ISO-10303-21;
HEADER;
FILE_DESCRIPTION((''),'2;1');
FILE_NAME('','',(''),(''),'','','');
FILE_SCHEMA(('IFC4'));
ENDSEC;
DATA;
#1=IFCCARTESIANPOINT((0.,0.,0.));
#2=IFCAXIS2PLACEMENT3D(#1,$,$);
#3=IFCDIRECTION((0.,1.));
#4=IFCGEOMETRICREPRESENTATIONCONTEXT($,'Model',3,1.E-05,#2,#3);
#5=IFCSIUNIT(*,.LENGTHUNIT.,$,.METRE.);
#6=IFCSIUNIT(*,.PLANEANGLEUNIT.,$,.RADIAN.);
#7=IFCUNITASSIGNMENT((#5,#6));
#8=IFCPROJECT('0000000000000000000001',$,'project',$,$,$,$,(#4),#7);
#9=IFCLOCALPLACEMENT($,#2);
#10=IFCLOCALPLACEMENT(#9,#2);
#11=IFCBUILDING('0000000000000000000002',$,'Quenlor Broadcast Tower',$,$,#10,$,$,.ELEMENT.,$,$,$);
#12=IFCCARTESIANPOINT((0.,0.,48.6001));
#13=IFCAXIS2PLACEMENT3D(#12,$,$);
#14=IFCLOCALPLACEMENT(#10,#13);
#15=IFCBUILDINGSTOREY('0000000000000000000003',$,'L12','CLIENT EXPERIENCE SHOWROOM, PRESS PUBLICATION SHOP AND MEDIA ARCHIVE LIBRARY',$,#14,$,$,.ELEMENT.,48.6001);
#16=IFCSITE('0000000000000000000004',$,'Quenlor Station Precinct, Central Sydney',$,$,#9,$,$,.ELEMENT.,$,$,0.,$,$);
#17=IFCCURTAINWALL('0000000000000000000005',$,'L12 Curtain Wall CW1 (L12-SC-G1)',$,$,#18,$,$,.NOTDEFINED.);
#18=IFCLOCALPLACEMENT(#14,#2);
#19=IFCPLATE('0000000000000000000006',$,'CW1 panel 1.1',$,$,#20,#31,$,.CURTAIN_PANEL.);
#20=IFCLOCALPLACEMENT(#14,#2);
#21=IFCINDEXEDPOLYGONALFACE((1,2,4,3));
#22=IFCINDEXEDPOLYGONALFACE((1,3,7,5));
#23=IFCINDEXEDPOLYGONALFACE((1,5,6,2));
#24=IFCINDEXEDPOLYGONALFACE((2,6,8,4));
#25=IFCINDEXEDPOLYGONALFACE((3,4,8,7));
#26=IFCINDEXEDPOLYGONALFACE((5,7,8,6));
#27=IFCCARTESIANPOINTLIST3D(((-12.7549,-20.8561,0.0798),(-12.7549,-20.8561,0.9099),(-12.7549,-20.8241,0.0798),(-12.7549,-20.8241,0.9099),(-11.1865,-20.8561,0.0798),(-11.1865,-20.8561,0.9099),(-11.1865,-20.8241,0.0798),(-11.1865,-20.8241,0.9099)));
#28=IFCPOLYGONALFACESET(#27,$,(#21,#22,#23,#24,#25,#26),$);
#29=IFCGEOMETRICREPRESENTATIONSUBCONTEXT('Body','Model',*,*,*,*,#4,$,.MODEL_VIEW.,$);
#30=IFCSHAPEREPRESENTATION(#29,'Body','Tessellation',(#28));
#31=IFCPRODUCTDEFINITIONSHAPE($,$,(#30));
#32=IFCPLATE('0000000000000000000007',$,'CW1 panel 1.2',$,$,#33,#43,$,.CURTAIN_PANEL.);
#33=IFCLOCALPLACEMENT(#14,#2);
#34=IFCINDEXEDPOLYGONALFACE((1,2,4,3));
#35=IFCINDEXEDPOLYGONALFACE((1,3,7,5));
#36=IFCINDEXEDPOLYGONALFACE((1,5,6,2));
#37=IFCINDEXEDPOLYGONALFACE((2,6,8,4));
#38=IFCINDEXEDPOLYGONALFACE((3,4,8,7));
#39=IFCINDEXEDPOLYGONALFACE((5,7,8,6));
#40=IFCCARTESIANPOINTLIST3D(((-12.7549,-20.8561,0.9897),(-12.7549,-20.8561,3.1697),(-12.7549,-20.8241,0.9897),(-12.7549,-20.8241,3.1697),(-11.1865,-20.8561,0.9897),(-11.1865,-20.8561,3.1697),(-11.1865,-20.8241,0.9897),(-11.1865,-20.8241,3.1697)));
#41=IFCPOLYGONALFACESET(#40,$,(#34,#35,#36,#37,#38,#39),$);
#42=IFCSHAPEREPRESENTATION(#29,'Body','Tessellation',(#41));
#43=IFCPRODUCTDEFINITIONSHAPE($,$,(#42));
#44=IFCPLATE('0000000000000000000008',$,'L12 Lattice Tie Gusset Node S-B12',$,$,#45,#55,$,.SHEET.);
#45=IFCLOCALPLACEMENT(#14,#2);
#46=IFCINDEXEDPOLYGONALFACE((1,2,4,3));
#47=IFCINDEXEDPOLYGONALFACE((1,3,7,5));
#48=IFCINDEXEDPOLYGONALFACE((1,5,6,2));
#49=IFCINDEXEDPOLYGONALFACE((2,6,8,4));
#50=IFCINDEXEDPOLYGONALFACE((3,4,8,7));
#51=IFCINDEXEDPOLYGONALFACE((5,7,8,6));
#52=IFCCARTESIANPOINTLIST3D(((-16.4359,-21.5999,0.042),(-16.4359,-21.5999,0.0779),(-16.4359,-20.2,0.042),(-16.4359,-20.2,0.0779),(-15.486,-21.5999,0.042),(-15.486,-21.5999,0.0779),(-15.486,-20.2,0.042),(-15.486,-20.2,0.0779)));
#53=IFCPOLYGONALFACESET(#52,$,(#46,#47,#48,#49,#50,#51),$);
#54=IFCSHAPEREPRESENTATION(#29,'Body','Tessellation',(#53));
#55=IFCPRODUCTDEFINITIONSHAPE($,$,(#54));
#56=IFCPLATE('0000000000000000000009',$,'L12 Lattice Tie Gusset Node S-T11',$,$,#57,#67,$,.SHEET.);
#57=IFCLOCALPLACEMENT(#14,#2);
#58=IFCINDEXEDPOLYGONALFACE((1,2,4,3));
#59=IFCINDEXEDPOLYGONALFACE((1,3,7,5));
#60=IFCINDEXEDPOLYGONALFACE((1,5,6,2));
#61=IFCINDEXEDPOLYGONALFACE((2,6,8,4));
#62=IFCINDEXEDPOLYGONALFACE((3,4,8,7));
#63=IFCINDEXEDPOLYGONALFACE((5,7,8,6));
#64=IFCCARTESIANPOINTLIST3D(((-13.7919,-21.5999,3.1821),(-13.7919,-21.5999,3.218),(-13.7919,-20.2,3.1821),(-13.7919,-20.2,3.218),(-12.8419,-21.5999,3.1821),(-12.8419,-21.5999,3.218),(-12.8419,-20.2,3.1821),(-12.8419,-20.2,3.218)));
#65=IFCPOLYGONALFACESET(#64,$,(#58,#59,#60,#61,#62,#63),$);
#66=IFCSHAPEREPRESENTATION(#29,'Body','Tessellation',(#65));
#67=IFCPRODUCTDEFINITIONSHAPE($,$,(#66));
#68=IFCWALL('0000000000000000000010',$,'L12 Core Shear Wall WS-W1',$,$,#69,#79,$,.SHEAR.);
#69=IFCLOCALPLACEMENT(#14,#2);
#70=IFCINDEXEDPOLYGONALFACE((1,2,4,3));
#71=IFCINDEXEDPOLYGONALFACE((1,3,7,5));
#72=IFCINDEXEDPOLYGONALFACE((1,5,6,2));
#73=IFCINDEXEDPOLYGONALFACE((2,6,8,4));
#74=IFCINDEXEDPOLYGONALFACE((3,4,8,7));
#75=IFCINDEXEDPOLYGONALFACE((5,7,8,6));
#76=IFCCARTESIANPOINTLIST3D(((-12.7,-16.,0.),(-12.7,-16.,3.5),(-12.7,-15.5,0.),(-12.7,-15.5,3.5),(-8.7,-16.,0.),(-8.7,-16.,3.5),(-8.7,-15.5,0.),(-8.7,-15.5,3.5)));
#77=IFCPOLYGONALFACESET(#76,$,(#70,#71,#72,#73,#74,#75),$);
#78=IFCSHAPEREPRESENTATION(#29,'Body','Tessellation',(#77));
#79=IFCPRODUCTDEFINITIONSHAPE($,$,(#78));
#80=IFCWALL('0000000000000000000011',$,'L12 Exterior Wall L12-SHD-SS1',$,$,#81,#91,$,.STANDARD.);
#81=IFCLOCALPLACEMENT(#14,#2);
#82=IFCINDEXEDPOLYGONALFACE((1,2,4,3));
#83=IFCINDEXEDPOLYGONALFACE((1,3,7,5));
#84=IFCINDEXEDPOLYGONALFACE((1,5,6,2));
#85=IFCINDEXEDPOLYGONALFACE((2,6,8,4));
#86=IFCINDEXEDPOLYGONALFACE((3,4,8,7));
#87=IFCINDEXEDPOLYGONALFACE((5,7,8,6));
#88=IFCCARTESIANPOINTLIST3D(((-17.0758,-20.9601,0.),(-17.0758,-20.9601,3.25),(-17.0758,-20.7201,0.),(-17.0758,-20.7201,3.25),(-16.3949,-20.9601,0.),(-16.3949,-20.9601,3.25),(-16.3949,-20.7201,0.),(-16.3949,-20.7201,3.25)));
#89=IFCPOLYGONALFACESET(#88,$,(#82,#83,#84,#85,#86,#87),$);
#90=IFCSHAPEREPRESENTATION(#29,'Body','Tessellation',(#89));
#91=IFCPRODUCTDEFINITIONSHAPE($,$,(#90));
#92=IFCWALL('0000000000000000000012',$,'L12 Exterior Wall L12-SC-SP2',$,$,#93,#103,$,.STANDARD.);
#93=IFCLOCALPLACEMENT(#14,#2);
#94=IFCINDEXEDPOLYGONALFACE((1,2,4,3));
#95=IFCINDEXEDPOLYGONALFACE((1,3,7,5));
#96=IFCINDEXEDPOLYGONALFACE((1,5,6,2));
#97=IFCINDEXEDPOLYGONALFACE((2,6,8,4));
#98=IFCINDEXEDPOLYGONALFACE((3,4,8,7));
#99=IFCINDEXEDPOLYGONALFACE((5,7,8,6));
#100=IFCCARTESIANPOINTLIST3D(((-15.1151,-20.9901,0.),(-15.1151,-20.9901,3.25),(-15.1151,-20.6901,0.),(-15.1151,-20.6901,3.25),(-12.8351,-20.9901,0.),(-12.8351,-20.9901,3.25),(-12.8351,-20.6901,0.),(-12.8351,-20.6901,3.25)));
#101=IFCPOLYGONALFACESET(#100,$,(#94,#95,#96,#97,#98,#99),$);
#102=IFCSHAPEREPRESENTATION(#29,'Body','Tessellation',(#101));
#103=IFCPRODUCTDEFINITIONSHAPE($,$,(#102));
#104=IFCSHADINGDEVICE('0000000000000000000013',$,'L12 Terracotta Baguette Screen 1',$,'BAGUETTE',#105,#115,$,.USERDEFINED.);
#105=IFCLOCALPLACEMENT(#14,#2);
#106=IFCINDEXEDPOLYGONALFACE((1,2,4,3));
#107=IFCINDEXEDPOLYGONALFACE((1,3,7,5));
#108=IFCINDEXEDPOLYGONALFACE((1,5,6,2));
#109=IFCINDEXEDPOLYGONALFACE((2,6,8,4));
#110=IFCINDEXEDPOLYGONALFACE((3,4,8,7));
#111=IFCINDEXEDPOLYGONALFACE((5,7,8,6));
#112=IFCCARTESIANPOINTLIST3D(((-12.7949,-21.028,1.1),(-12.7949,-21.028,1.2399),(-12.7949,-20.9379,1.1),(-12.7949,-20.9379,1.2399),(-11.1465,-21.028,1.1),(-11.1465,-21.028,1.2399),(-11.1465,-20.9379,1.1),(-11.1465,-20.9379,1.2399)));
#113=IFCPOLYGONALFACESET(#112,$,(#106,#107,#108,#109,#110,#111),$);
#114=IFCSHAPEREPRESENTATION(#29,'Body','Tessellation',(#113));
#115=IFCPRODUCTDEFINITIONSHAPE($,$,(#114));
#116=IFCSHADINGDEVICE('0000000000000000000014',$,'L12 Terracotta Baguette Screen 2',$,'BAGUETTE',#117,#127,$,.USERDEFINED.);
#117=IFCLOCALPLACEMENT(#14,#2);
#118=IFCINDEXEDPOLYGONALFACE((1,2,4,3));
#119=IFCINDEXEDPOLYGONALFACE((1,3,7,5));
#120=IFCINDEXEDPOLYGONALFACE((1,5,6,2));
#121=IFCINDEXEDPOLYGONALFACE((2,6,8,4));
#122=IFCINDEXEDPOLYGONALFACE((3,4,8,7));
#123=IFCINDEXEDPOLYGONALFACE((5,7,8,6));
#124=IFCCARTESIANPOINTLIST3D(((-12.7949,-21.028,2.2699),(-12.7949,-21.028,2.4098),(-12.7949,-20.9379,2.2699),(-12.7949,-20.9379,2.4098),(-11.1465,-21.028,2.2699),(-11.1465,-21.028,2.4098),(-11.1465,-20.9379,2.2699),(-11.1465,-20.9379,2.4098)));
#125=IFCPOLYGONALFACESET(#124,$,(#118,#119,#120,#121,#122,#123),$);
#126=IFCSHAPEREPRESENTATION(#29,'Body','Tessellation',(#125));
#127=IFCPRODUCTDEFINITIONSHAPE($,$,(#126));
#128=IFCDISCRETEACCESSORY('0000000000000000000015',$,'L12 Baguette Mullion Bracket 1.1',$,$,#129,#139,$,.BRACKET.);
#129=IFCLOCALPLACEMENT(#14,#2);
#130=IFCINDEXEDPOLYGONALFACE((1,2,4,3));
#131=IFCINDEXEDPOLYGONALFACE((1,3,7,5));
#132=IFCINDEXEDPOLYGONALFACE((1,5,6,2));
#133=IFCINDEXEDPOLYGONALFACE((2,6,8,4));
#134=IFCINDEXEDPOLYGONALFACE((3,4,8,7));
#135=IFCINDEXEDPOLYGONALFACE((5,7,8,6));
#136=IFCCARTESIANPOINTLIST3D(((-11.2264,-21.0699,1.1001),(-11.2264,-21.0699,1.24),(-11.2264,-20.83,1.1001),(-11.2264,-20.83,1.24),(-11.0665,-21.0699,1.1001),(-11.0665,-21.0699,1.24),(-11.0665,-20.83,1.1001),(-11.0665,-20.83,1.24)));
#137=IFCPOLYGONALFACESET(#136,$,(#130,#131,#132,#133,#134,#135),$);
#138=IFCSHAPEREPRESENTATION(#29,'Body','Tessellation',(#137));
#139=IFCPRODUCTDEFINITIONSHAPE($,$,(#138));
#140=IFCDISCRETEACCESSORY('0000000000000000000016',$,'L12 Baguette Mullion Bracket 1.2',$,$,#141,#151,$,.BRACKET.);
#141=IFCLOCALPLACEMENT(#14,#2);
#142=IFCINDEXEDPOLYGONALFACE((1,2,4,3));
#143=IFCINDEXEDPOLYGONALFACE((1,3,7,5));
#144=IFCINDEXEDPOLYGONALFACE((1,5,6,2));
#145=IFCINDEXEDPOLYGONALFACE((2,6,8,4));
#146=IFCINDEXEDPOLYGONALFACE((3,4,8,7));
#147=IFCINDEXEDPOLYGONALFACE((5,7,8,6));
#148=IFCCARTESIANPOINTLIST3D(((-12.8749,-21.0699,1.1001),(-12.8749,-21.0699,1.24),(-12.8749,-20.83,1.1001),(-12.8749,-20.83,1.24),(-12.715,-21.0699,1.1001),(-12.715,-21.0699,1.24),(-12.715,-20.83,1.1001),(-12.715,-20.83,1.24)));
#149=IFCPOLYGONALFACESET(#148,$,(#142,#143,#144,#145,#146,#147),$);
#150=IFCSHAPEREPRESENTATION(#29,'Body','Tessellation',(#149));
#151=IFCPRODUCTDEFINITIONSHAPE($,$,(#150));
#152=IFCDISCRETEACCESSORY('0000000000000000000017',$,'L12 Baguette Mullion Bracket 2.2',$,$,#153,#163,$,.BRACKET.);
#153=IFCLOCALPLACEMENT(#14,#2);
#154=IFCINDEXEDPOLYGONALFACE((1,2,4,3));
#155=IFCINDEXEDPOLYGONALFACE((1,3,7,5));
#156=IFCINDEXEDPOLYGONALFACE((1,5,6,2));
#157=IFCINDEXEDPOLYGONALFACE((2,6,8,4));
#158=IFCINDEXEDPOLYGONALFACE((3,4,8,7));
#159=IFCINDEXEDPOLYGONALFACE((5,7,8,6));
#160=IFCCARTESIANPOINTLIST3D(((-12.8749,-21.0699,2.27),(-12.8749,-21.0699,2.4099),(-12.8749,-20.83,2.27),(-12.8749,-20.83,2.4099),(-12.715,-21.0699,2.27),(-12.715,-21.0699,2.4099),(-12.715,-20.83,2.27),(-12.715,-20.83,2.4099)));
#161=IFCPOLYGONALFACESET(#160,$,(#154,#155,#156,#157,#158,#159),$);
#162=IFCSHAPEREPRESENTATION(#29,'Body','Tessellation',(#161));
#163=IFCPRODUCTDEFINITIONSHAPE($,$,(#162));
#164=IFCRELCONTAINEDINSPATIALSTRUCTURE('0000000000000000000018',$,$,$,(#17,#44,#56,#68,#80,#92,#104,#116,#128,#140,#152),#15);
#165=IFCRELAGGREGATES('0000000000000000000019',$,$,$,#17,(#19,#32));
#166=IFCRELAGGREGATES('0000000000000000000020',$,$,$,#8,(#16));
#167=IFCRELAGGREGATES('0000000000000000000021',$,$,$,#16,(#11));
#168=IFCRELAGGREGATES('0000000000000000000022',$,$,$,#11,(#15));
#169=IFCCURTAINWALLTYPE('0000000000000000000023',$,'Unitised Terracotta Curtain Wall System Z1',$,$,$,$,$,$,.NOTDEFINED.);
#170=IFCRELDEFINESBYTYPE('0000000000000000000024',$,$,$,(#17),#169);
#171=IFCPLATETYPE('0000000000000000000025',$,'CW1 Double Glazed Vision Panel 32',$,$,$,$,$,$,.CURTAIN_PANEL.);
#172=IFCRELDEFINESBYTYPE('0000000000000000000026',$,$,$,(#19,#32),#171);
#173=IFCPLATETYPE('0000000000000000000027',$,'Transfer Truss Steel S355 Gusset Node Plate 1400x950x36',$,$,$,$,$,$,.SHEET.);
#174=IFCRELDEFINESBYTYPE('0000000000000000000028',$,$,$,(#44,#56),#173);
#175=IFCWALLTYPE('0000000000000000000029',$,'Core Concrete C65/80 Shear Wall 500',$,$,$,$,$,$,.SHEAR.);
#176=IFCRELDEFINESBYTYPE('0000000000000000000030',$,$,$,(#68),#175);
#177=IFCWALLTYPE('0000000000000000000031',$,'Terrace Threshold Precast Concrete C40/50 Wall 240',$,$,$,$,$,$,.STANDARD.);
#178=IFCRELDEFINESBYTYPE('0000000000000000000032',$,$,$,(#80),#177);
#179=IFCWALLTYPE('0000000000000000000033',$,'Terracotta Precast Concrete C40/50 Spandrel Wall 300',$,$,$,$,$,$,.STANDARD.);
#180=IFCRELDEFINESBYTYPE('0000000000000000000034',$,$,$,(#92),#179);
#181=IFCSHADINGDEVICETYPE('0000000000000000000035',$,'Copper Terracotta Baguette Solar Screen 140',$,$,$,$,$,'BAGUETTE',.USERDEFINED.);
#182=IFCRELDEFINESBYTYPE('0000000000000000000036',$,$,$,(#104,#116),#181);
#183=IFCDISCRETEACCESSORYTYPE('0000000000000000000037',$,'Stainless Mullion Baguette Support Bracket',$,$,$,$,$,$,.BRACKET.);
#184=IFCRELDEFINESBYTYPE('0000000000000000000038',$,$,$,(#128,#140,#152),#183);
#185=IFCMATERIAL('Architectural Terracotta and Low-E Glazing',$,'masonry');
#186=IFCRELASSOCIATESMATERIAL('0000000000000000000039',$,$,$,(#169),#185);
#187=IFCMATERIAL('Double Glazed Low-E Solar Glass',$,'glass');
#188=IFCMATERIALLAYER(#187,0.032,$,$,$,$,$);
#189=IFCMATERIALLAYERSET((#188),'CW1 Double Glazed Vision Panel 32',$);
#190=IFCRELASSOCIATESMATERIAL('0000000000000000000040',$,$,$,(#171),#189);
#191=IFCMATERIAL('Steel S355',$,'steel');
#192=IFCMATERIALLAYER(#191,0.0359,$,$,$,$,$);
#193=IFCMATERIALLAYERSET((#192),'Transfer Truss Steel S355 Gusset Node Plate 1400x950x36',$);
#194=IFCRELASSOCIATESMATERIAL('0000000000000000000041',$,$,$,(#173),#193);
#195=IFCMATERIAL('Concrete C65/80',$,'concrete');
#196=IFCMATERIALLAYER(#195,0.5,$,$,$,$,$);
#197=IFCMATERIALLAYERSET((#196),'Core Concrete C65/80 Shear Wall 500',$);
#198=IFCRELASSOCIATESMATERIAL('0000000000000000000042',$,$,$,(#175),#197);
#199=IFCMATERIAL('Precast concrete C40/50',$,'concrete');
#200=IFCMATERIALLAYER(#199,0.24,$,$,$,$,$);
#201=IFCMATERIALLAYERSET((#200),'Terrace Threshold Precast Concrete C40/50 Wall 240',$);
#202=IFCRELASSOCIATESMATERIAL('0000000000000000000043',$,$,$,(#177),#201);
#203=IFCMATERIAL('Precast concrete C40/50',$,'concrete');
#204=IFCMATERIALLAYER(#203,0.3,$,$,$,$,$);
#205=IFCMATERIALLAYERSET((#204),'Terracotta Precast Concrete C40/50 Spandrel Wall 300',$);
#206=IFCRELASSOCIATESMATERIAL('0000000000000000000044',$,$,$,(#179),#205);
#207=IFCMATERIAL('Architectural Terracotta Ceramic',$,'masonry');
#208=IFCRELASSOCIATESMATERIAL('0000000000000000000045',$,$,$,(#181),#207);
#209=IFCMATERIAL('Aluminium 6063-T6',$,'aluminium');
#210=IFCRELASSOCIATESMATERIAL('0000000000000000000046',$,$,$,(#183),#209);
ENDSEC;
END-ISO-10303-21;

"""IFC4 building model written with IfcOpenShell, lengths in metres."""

from ifc_helpers import new_model, si_unit, direction, frame, frame_2d, origin, origin_2d, place, context, subcontext, project, spatial, rectangle, extrude, material, layer, layer_set, material_profile, profile_set, type_object, element, aggregate, save


model = new_model("IFC4")

# Units and contexts
model_context = context("Model", 3, precision=1e-05, world=origin(), true_north=direction((0.0, 1.0)))
body_context = subcontext(model_context, "Body", "Model", "MODEL_VIEW")
ifc_project = project(units=[si_unit("LENGTHUNIT", "METRE"), si_unit("PLANEANGLEUNIT", "RADIAN")], contexts=[model_context])

# Site, building, storey
site_placement = place(None, origin())
site = spatial("IfcSite", under=ifc_project, at=site_placement, Name="Quenlor Station Precinct, Central Sydney", CompositionType="ELEMENT", RefElevation=0.0)
building_placement = place(site_placement, origin())
building = spatial("IfcBuilding", under=site, at=building_placement, Name="Quenlor Broadcast Tower", CompositionType="ELEMENT")
storey_placement = place(building_placement, frame((0.0, 0.0, 48.6001)))
storey = spatial("IfcBuildingStorey", under=building, at=storey_placement, Name="L12", Description="CLIENT EXPERIENCE SHOWROOM, PRESS PUBLICATION SHOP AND MEDIA ARCHIVE LIBRARY", CompositionType="ELEMENT", Elevation=48.6001)

# Curtain wall
ifc_material_1 = material(Name="Architectural Terracotta and Low-E Glazing", Category="masonry")
curtain_wall_type = type_object("IfcCurtainWallType", Name="Unitised Terracotta Curtain Wall System Z1", PredefinedType="NOTDEFINED", material=ifc_material_1)
curtain_wall_placement = place(storey_placement, origin())
curtain_wall = element("IfcCurtainWall", 1, at=curtain_wall_placement, inside=storey, type_object=curtain_wall_type, Name="L12 Curtain Wall CW1 (L12-SC-G1)", PredefinedType="NOTDEFINED")

# Plates
ifc_material_2 = material(Name="Double Glazed Low-E Solar Glass", Category="glass")
ifc_layer_1 = layer(ifc_material_2, 0.032)
ifc_layer_set_1 = layer_set([ifc_layer_1], Name="CW1 Double Glazed Vision Panel 32")
plate_type_1 = type_object("IfcPlateType", Name="CW1 Double Glazed Vision Panel 32", PredefinedType="CURTAIN_PANEL", material=ifc_layer_set_1)
plate_1_placement = place(storey_placement, frame((-11.9707, -20.8401, 0.0798), z_axis=(0.0, 0.0, 1.0), x_axis=(-1.0, 0.0, 0.0)))
plate_1 = element("IfcPlate", 2, at=plate_1_placement, type_object=plate_type_1, Name="CW1 panel 1.1", PredefinedType="CURTAIN_PANEL", context=body_context, shape_type="SweptSolid", body=[
    extrude(rectangle(XDim=1.5684, YDim=0.032, at=origin_2d()), origin(), (0.0, 0.0, 1.0), 0.8301),
])
plate_2_placement = place(storey_placement, frame((-11.9707, -20.8401, 0.9897), z_axis=(0.0, 0.0, 1.0), x_axis=(-1.0, 0.0, 0.0)))
plate_2 = element("IfcPlate", 3, at=plate_2_placement, type_object=plate_type_1, Name="CW1 panel 1.2", PredefinedType="CURTAIN_PANEL", context=body_context, shape_type="SweptSolid", body=[
    extrude(rectangle(XDim=1.5684, YDim=0.032, at=origin_2d()), origin(), (0.0, 0.0, 1.0), 2.1799),
])
aggregate(curtain_wall, [plate_1, plate_2])

# Plates
ifc_material_3 = material(Name="Steel S355", Category="steel")
ifc_layer_2 = layer(ifc_material_3, 0.0359)
ifc_layer_set_2 = layer_set([ifc_layer_2], Name="Transfer Truss Steel S355 Gusset Node Plate 1400x950x36")
plate_type_2 = type_object("IfcPlateType", Name="Transfer Truss Steel S355 Gusset Node Plate 1400x950x36", PredefinedType="SHEET", material=ifc_layer_set_2)
for number, where, z_axis, x_axis, name in (
    (4, (-15.9609, -20.8999, 0.042), (0.0, 0.0, 1.0), (0.0, -1.0, 0.0), "L12 Lattice Tie Gusset Node S-B12"),
    (5, (-13.3169, -20.8999, 3.1821), (0.0, 0.0, 1.0), (0.0, -1.0, 0.0), "L12 Lattice Tie Gusset Node S-T11"),
):
    element("IfcPlate", number, at=place(storey_placement, frame(where, z_axis=z_axis, x_axis=x_axis)), inside=storey, type_object=plate_type_2, Name=name, PredefinedType="SHEET", context=body_context, shape_type="SweptSolid", body=[
        extrude(rectangle(XDim=1.3999, YDim=0.95, at=origin_2d()), origin(), (0.0, 0.0, 1.0), 0.0359),
    ])

# Walls
ifc_material_4 = material(Name="Concrete C65/80", Category="concrete")
ifc_layer_3 = layer(ifc_material_4, 0.5)
ifc_layer_set_3 = layer_set([ifc_layer_3], Name="Core Concrete C65/80 Shear Wall 500")
wall_type_1 = type_object("IfcWallType", Name="Core Concrete C65/80 Shear Wall 500", PredefinedType="SHEAR", material=ifc_layer_set_3)
wall_1_placement = place(storey_placement, frame((-12.7, -15.75, 0.0), z_axis=(0.0, 0.0, 1.0), x_axis=(1.0, 0.0, 0.0)))
element("IfcWall", 6, at=wall_1_placement, inside=storey, type_object=wall_type_1, Name="L12 Core Shear Wall WS-W1", PredefinedType="SHEAR", context=body_context, shape_type="SweptSolid", body=[
    extrude(rectangle(XDim=4.0, YDim=0.5, at=frame_2d((2.0, 0.0))), origin(), (0.0, 0.0, 1.0), 3.5),
])
ifc_material_5 = material(Name="Precast concrete C40/50", Category="concrete")
ifc_layer_4 = layer(ifc_material_5, 0.24)
ifc_layer_set_4 = layer_set([ifc_layer_4], Name="Terrace Threshold Precast Concrete C40/50 Wall 240")
wall_type_2 = type_object("IfcWallType", Name="Terrace Threshold Precast Concrete C40/50 Wall 240", PredefinedType="STANDARD", material=ifc_layer_set_4)
wall_2_placement = place(storey_placement, frame((-16.395, -20.8401, 0.0), z_axis=(0.0, 0.0, 1.0), x_axis=(-1.0, 0.0, 0.0)))
element("IfcWall", 7, at=wall_2_placement, inside=storey, type_object=wall_type_2, Name="L12 Exterior Wall L12-SHD-SS1", PredefinedType="STANDARD", context=body_context, shape_type="SweptSolid", body=[
    extrude(rectangle(XDim=0.6809, YDim=0.24, at=frame_2d((0.3403, 0.0))), origin(), (0.0, 0.0, 1.0), 3.25),
])
ifc_material_6 = material(Name="Precast concrete C40/50", Category="concrete")
ifc_layer_5 = layer(ifc_material_6, 0.3)
ifc_layer_set_5 = layer_set([ifc_layer_5], Name="Terracotta Precast Concrete C40/50 Spandrel Wall 300")
wall_type_3 = type_object("IfcWallType", Name="Terracotta Precast Concrete C40/50 Spandrel Wall 300", PredefinedType="STANDARD", material=ifc_layer_set_5)
wall_3_placement = place(storey_placement, frame((-12.835, -20.8401, 0.0), z_axis=(0.0, 0.0, 1.0), x_axis=(-1.0, 0.0, 0.0)))
element("IfcWall", 8, at=wall_3_placement, inside=storey, type_object=wall_type_3, Name="L12 Exterior Wall L12-SC-SP2", PredefinedType="STANDARD", context=body_context, shape_type="SweptSolid", body=[
    extrude(rectangle(XDim=2.28, YDim=0.3, at=frame_2d((1.1401, 0.0))), origin(), (0.0, 0.0, 1.0), 3.25),
])

# Shading devices
ifc_material_7 = material(Name="Architectural Terracotta Ceramic", Category="masonry")
ifc_material_profile_1 = material_profile(ifc_material_7, rectangle(XDim=0.0901, YDim=0.1399, at=origin_2d()))
ifc_profile_set_1 = profile_set([ifc_material_profile_1], Name="Architectural Terracotta Ceramic BAG90x140")
shading_device_type = type_object("IfcShadingDeviceType", Name="Copper Terracotta Baguette Solar Screen 140", ElementType="BAGUETTE", PredefinedType="USERDEFINED", material=ifc_profile_set_1)
for number, where, z_axis, x_axis, name in (
    (9, (-11.1465, -20.9829, 1.1699), (-1.0, 0.0, 0.0), (0.0, -1.0, 0.0), "L12 Terracotta Baguette Screen 1"),
    (10, (-11.1465, -20.9829, 2.3398), (-1.0, 0.0, 0.0), (0.0, -1.0, 0.0), "L12 Terracotta Baguette Screen 2"),
):
    element("IfcShadingDevice", number, at=place(storey_placement, frame(where, z_axis=z_axis, x_axis=x_axis)), inside=storey, type_object=shading_device_type, Name=name, ObjectType="BAGUETTE", PredefinedType="USERDEFINED", context=body_context, shape_type="SweptSolid", body=[
        extrude(rectangle(XDim=0.0901, YDim=0.1399, at=origin_2d()), origin(), (0.0, 0.0, 1.0), 1.6484),
    ])

# Discrete accessories
ifc_material_8 = material(Name="Aluminium 6063-T6", Category="aluminium")
discrete_accessory_type = type_object("IfcDiscreteAccessoryType", Name="Stainless Mullion Baguette Support Bracket", PredefinedType="BRACKET", material=ifc_material_8)
for number, where, z_axis, x_axis, name in (
    (11, (-11.1465, -20.95, 1.1001), (0.0, 0.0, 1.0), (-1.0, 0.0, 0.0), "L12 Baguette Mullion Bracket 1.1"),
    (12, (-12.7949, -20.95, 1.1001), (0.0, 0.0, 1.0), (-1.0, 0.0, 0.0), "L12 Baguette Mullion Bracket 1.2"),
    (13, (-12.7949, -20.95, 2.27), (0.0, 0.0, 1.0), (-1.0, 0.0, 0.0), "L12 Baguette Mullion Bracket 2.2"),
):
    element("IfcDiscreteAccessory", number, at=place(storey_placement, frame(where, z_axis=z_axis, x_axis=x_axis)), inside=storey, type_object=discrete_accessory_type, Name=name, PredefinedType="BRACKET", context=body_context, shape_type="SweptSolid", body=[
        extrude(rectangle(XDim=0.1599, YDim=0.24, at=origin_2d()), origin(), (0.0, 0.0, 1.0), 0.1399),
    ])

save(model, "model.ifc")
